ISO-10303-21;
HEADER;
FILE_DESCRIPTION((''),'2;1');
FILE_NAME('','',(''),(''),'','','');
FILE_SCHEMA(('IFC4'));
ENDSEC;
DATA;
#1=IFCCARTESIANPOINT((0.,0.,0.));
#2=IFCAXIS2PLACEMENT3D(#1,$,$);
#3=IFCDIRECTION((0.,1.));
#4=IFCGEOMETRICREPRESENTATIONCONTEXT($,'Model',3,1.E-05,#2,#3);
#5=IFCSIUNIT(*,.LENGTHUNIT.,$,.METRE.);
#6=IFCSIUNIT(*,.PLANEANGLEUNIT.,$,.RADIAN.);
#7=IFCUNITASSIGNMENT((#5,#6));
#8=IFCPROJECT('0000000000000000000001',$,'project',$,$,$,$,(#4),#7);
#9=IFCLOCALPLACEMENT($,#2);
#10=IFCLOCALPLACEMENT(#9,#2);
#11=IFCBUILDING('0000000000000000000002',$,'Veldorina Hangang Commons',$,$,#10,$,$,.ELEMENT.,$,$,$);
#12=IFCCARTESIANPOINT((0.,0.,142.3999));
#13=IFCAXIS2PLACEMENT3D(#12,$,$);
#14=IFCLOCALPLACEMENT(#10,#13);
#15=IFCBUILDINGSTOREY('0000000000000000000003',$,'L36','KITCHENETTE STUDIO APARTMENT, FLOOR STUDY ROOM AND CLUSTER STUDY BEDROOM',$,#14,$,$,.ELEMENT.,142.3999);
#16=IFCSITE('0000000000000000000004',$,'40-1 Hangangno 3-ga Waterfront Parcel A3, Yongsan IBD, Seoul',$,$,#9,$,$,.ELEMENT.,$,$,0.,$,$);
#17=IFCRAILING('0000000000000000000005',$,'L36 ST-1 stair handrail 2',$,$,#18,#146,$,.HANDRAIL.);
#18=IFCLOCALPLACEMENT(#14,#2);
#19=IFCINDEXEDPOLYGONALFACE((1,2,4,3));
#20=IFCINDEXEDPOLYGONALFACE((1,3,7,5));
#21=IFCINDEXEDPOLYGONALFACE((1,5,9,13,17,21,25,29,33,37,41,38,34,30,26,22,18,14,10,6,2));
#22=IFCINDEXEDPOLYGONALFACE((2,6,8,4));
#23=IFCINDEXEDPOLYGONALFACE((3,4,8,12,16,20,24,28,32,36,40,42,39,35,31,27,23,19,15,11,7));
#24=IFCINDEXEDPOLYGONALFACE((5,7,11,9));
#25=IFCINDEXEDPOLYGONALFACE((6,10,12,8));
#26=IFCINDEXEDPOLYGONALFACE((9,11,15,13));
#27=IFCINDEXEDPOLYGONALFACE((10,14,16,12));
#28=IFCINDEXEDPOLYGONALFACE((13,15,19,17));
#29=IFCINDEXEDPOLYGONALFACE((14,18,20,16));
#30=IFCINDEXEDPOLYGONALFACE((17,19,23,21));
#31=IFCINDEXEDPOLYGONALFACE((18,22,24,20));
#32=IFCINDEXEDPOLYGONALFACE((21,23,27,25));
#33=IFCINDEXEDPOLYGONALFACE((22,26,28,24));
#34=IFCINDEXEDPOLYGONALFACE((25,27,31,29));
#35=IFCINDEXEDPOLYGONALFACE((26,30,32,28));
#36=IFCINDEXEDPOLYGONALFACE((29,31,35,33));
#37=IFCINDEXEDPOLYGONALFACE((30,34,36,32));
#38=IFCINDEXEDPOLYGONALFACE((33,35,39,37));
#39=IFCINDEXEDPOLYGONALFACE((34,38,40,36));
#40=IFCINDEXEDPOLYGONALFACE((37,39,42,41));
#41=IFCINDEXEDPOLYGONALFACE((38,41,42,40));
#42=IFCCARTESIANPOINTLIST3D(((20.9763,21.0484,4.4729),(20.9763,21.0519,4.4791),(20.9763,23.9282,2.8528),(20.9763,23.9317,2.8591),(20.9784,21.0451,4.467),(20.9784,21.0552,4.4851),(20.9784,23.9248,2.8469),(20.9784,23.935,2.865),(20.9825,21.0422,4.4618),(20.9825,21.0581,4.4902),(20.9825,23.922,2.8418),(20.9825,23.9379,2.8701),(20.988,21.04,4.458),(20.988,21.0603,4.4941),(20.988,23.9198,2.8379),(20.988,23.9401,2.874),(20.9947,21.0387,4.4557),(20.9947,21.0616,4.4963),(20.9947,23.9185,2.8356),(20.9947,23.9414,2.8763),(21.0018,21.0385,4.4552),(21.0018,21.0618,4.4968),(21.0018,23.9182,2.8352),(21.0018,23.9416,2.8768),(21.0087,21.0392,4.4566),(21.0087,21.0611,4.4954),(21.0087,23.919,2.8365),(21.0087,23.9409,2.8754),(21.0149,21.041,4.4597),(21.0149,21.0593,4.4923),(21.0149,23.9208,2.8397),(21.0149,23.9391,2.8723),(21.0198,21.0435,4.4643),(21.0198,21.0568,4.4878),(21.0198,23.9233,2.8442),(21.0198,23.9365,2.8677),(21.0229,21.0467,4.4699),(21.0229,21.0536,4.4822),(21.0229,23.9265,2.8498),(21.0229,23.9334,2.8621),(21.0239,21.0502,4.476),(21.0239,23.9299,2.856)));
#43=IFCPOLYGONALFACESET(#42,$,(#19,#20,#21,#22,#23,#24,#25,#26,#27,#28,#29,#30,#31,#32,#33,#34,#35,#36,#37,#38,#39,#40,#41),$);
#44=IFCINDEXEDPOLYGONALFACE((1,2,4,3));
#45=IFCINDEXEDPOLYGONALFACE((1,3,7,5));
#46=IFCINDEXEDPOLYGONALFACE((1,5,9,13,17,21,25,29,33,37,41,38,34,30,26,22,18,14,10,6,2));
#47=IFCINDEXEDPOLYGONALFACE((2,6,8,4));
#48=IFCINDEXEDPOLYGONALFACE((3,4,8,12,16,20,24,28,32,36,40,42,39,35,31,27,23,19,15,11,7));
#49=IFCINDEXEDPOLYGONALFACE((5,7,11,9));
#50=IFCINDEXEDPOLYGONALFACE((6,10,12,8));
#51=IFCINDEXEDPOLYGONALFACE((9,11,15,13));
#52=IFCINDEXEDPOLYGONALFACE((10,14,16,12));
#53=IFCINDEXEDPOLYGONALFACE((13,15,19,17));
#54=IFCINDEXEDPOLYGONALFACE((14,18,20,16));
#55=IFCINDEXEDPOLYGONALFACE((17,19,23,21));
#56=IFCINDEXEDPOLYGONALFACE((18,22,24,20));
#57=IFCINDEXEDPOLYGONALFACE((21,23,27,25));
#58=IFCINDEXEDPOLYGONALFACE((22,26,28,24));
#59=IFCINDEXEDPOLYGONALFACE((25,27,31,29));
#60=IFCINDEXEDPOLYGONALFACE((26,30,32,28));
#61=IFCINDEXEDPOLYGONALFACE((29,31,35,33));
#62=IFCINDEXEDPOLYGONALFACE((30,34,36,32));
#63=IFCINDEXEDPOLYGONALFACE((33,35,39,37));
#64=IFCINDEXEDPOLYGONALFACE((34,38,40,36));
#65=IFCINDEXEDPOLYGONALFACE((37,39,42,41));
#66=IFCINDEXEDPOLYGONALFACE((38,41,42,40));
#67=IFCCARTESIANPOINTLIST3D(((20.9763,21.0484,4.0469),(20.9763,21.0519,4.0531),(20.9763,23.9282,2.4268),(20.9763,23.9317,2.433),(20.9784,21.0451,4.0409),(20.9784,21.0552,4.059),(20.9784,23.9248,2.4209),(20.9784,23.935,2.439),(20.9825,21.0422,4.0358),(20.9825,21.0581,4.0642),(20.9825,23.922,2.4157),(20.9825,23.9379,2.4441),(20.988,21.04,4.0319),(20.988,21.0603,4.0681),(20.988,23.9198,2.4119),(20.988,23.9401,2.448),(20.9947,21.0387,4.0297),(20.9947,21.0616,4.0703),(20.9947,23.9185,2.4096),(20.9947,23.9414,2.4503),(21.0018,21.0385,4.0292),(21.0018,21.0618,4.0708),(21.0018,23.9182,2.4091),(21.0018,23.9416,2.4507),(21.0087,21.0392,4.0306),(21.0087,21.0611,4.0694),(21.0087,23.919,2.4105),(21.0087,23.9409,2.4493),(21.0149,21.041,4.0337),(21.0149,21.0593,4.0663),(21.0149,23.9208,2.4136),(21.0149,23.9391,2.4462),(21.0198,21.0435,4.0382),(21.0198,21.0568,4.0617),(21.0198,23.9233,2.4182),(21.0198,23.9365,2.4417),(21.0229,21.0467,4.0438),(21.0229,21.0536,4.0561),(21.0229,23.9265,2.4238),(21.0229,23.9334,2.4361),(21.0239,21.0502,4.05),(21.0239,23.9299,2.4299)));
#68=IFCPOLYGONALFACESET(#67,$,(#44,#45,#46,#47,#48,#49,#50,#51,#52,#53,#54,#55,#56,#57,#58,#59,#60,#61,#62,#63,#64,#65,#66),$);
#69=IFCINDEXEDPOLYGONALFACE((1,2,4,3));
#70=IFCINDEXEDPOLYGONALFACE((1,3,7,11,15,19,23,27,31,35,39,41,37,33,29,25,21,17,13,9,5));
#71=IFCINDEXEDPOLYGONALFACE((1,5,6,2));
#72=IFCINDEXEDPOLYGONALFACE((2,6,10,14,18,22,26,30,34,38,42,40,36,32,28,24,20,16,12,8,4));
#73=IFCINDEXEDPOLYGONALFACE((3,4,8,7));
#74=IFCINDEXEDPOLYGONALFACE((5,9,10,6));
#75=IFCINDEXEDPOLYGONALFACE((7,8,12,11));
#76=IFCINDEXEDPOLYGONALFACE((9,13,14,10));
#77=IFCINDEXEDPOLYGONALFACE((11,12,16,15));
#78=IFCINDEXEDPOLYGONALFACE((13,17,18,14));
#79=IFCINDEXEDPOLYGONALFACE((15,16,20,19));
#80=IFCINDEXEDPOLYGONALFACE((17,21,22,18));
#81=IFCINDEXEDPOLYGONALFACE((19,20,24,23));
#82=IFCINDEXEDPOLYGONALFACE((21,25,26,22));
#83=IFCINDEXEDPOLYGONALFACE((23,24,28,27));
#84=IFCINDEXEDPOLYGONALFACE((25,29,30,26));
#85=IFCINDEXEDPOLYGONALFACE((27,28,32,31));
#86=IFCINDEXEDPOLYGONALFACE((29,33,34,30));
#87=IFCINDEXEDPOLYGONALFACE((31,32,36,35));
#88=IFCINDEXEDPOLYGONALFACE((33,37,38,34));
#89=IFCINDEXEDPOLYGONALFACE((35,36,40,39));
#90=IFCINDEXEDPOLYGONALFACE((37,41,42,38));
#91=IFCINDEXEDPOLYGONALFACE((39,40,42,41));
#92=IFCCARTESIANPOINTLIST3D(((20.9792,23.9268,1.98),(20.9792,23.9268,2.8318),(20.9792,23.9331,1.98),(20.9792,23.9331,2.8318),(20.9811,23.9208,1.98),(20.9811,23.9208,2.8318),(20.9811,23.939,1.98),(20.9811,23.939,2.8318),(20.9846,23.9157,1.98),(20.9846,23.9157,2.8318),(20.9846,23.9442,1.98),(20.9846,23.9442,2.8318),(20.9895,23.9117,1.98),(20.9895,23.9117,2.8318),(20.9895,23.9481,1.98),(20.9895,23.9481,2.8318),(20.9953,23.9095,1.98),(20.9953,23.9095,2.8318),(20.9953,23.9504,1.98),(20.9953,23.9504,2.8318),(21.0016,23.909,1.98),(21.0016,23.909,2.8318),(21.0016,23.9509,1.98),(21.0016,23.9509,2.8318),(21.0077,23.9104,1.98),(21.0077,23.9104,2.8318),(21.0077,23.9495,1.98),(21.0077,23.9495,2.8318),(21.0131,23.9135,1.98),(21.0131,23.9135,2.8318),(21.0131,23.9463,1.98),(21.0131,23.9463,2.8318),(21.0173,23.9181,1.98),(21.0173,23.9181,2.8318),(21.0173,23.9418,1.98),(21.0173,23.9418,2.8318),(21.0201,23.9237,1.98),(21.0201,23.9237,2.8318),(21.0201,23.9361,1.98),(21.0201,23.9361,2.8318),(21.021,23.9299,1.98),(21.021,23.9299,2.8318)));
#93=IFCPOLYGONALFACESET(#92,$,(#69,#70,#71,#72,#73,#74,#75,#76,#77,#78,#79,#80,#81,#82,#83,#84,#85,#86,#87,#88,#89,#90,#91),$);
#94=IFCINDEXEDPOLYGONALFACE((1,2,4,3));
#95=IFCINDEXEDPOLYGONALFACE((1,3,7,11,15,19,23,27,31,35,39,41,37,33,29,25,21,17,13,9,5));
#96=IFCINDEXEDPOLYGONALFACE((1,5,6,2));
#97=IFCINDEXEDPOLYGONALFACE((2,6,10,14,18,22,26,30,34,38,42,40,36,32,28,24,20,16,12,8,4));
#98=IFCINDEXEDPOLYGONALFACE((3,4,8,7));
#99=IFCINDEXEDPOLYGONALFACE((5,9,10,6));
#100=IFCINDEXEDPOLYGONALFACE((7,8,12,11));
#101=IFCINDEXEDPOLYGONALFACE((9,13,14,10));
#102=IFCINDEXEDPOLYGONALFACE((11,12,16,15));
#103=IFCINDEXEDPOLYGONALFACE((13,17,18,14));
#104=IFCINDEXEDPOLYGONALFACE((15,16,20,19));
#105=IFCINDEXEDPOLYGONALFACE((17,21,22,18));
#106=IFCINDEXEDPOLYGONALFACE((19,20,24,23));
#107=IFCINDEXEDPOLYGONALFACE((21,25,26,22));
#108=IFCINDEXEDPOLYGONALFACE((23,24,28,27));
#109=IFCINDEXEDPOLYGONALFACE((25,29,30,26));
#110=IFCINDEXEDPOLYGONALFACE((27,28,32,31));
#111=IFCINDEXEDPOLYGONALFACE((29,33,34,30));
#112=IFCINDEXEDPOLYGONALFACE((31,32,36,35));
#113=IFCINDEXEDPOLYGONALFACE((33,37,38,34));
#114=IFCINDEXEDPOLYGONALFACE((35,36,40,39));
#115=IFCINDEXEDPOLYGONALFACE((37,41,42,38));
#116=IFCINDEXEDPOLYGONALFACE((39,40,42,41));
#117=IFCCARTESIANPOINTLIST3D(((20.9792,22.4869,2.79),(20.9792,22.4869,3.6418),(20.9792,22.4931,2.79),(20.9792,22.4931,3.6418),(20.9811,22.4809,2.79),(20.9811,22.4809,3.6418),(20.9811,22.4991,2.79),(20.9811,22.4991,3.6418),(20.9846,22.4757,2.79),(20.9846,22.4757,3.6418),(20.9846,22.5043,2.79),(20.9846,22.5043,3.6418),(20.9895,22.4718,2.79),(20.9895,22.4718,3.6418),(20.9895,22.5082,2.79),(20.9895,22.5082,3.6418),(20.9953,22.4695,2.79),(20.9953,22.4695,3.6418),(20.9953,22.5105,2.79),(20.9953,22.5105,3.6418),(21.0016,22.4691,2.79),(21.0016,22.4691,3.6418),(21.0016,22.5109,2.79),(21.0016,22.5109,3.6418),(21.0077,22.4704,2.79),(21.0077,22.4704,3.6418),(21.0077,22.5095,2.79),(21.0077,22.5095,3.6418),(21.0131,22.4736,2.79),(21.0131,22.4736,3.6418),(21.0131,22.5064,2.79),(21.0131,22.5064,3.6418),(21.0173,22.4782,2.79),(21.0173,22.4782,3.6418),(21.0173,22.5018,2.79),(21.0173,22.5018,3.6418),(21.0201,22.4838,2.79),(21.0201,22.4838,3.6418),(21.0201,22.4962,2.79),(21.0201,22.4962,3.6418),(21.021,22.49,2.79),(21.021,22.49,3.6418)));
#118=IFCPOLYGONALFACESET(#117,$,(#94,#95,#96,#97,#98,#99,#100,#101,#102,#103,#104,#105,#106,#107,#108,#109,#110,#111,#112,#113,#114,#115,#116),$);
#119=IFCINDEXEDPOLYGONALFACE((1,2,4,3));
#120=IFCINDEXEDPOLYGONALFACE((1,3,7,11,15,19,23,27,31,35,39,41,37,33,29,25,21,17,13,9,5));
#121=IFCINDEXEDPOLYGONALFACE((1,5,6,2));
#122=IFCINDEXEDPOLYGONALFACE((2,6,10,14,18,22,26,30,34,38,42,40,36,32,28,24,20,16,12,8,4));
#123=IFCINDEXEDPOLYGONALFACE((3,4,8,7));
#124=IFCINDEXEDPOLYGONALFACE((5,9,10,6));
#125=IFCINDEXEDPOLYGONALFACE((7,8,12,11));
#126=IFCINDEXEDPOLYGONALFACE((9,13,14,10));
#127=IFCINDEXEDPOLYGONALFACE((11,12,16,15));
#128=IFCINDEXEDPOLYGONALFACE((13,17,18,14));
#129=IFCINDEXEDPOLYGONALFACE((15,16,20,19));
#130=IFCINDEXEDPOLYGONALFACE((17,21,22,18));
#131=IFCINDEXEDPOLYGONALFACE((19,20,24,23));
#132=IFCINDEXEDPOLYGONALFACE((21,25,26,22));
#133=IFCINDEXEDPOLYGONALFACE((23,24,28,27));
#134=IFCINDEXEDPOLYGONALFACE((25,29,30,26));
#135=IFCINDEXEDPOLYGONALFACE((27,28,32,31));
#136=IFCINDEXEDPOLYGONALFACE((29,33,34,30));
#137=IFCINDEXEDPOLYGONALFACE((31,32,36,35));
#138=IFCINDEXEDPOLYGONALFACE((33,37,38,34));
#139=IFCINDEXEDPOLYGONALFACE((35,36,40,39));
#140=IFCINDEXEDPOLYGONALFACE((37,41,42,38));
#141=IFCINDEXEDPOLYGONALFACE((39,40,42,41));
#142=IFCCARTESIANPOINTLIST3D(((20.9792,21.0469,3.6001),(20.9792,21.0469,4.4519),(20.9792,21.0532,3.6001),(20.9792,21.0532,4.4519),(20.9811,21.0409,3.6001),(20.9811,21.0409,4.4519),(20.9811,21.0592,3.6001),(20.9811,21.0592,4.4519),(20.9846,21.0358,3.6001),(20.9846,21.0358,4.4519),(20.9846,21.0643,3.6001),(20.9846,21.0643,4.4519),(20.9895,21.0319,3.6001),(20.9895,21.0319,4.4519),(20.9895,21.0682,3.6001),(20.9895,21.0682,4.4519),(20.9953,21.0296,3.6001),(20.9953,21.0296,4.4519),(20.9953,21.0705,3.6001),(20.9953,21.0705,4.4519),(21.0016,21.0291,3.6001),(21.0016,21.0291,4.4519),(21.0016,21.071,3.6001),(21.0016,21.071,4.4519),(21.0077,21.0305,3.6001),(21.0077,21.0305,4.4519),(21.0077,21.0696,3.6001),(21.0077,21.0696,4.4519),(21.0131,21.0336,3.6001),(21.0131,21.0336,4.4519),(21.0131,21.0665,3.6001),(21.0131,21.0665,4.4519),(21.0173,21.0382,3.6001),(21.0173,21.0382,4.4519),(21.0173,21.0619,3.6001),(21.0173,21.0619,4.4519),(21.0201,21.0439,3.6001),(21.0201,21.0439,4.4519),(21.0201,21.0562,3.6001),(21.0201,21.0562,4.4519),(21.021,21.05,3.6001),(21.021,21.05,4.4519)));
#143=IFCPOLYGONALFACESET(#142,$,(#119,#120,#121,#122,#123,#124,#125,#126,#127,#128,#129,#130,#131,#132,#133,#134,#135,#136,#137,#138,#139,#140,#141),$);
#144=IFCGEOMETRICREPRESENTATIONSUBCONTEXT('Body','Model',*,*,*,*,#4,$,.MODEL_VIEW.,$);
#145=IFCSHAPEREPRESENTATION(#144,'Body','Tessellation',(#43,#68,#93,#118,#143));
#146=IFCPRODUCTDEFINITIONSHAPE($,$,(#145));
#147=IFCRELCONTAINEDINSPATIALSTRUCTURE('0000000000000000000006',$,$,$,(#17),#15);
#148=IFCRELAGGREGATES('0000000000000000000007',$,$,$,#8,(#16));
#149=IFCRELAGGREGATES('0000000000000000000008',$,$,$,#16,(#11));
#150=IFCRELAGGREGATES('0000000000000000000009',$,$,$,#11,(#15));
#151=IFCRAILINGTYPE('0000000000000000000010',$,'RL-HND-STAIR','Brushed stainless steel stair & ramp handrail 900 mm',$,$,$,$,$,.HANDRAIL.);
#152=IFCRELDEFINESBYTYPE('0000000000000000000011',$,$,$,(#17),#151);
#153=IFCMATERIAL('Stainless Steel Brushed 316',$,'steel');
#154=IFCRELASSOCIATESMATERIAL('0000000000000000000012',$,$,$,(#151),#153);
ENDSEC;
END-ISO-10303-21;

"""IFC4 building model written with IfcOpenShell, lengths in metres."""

from ifc_helpers import new_model, si_unit, direction, frame, origin, origin_2d, place, context, subcontext, project, spatial, circle, extrude, material, type_object, element, save


model = new_model("IFC4")

# Units and contexts
model_context = context("Model", 3, precision=1e-05, world=origin(), true_north=direction((0.0, 1.0)))
body_context = subcontext(model_context, "Body", "Model", "MODEL_VIEW")
ifc_project = project(units=[si_unit("LENGTHUNIT", "METRE"), si_unit("PLANEANGLEUNIT", "RADIAN")], contexts=[model_context])

# Site, building, storey
site_placement = place(None, origin())
site = spatial("IfcSite", under=ifc_project, at=site_placement, Name="40-1 Hangangno 3-ga Waterfront Parcel A3, Yongsan IBD, Seoul", CompositionType="ELEMENT", RefElevation=0.0)
building_placement = place(site_placement, origin())
building = spatial("IfcBuilding", under=site, at=building_placement, Name="Veldorina Hangang Commons", CompositionType="ELEMENT")
storey_placement = place(building_placement, frame((0.0, 0.0, 142.3999)))
storey = spatial("IfcBuildingStorey", under=building, at=storey_placement, Name="L36", Description="KITCHENETTE STUDIO APARTMENT, FLOOR STUDY ROOM AND CLUSTER STUDY BEDROOM", CompositionType="ELEMENT", Elevation=142.3999)

# Railing
ifc_material_1 = material(Name="Stainless Steel Brushed 316", Category="steel")
railing_type_1 = type_object("IfcRailingType", Name="RL-HND-STAIR", Description="Brushed stainless steel stair & ramp handrail 900 mm", PredefinedType="HANDRAIL", material=ifc_material_1)
railing_1_placement = place(storey_placement, frame((21.0, 23.9299, 1.98)))
element("IfcRailing", 1, at=railing_1_placement, inside=storey, type_object=railing_type_1, Name="L36 ST-1 stair handrail 2", PredefinedType="HANDRAIL", context=body_context, shape_type="SweptSolid", body=[
    extrude(circle(Radius=0.0239, at=origin_2d()), frame((0.0, 0.0, 0.876), z_axis=(0.0, -0.871552, 0.490303), x_axis=(1.0, 0.0, 0.0)), (0.0, 0.0, 1.0), 3.3042),
    extrude(circle(Radius=0.0239, at=origin_2d()), frame((0.0, 0.0, 0.45), z_axis=(0.0, -0.871552, 0.490303), x_axis=(1.0, 0.0, 0.0)), (0.0, 0.0, 1.0), 3.3042),
    extrude(circle(Radius=0.021, at=origin_2d()), origin(), (0.0, 0.0, 1.0), 0.8518),
    extrude(circle(Radius=0.021, at=origin_2d()), frame((0.0, -1.4399, 0.8101)), (0.0, 0.0, 1.0), 0.8518),
    extrude(circle(Radius=0.021, at=origin_2d()), frame((0.0, -2.8799, 1.6201)), (0.0, 0.0, 1.0), 0.8518),
])

save(model, "model.ifc")
